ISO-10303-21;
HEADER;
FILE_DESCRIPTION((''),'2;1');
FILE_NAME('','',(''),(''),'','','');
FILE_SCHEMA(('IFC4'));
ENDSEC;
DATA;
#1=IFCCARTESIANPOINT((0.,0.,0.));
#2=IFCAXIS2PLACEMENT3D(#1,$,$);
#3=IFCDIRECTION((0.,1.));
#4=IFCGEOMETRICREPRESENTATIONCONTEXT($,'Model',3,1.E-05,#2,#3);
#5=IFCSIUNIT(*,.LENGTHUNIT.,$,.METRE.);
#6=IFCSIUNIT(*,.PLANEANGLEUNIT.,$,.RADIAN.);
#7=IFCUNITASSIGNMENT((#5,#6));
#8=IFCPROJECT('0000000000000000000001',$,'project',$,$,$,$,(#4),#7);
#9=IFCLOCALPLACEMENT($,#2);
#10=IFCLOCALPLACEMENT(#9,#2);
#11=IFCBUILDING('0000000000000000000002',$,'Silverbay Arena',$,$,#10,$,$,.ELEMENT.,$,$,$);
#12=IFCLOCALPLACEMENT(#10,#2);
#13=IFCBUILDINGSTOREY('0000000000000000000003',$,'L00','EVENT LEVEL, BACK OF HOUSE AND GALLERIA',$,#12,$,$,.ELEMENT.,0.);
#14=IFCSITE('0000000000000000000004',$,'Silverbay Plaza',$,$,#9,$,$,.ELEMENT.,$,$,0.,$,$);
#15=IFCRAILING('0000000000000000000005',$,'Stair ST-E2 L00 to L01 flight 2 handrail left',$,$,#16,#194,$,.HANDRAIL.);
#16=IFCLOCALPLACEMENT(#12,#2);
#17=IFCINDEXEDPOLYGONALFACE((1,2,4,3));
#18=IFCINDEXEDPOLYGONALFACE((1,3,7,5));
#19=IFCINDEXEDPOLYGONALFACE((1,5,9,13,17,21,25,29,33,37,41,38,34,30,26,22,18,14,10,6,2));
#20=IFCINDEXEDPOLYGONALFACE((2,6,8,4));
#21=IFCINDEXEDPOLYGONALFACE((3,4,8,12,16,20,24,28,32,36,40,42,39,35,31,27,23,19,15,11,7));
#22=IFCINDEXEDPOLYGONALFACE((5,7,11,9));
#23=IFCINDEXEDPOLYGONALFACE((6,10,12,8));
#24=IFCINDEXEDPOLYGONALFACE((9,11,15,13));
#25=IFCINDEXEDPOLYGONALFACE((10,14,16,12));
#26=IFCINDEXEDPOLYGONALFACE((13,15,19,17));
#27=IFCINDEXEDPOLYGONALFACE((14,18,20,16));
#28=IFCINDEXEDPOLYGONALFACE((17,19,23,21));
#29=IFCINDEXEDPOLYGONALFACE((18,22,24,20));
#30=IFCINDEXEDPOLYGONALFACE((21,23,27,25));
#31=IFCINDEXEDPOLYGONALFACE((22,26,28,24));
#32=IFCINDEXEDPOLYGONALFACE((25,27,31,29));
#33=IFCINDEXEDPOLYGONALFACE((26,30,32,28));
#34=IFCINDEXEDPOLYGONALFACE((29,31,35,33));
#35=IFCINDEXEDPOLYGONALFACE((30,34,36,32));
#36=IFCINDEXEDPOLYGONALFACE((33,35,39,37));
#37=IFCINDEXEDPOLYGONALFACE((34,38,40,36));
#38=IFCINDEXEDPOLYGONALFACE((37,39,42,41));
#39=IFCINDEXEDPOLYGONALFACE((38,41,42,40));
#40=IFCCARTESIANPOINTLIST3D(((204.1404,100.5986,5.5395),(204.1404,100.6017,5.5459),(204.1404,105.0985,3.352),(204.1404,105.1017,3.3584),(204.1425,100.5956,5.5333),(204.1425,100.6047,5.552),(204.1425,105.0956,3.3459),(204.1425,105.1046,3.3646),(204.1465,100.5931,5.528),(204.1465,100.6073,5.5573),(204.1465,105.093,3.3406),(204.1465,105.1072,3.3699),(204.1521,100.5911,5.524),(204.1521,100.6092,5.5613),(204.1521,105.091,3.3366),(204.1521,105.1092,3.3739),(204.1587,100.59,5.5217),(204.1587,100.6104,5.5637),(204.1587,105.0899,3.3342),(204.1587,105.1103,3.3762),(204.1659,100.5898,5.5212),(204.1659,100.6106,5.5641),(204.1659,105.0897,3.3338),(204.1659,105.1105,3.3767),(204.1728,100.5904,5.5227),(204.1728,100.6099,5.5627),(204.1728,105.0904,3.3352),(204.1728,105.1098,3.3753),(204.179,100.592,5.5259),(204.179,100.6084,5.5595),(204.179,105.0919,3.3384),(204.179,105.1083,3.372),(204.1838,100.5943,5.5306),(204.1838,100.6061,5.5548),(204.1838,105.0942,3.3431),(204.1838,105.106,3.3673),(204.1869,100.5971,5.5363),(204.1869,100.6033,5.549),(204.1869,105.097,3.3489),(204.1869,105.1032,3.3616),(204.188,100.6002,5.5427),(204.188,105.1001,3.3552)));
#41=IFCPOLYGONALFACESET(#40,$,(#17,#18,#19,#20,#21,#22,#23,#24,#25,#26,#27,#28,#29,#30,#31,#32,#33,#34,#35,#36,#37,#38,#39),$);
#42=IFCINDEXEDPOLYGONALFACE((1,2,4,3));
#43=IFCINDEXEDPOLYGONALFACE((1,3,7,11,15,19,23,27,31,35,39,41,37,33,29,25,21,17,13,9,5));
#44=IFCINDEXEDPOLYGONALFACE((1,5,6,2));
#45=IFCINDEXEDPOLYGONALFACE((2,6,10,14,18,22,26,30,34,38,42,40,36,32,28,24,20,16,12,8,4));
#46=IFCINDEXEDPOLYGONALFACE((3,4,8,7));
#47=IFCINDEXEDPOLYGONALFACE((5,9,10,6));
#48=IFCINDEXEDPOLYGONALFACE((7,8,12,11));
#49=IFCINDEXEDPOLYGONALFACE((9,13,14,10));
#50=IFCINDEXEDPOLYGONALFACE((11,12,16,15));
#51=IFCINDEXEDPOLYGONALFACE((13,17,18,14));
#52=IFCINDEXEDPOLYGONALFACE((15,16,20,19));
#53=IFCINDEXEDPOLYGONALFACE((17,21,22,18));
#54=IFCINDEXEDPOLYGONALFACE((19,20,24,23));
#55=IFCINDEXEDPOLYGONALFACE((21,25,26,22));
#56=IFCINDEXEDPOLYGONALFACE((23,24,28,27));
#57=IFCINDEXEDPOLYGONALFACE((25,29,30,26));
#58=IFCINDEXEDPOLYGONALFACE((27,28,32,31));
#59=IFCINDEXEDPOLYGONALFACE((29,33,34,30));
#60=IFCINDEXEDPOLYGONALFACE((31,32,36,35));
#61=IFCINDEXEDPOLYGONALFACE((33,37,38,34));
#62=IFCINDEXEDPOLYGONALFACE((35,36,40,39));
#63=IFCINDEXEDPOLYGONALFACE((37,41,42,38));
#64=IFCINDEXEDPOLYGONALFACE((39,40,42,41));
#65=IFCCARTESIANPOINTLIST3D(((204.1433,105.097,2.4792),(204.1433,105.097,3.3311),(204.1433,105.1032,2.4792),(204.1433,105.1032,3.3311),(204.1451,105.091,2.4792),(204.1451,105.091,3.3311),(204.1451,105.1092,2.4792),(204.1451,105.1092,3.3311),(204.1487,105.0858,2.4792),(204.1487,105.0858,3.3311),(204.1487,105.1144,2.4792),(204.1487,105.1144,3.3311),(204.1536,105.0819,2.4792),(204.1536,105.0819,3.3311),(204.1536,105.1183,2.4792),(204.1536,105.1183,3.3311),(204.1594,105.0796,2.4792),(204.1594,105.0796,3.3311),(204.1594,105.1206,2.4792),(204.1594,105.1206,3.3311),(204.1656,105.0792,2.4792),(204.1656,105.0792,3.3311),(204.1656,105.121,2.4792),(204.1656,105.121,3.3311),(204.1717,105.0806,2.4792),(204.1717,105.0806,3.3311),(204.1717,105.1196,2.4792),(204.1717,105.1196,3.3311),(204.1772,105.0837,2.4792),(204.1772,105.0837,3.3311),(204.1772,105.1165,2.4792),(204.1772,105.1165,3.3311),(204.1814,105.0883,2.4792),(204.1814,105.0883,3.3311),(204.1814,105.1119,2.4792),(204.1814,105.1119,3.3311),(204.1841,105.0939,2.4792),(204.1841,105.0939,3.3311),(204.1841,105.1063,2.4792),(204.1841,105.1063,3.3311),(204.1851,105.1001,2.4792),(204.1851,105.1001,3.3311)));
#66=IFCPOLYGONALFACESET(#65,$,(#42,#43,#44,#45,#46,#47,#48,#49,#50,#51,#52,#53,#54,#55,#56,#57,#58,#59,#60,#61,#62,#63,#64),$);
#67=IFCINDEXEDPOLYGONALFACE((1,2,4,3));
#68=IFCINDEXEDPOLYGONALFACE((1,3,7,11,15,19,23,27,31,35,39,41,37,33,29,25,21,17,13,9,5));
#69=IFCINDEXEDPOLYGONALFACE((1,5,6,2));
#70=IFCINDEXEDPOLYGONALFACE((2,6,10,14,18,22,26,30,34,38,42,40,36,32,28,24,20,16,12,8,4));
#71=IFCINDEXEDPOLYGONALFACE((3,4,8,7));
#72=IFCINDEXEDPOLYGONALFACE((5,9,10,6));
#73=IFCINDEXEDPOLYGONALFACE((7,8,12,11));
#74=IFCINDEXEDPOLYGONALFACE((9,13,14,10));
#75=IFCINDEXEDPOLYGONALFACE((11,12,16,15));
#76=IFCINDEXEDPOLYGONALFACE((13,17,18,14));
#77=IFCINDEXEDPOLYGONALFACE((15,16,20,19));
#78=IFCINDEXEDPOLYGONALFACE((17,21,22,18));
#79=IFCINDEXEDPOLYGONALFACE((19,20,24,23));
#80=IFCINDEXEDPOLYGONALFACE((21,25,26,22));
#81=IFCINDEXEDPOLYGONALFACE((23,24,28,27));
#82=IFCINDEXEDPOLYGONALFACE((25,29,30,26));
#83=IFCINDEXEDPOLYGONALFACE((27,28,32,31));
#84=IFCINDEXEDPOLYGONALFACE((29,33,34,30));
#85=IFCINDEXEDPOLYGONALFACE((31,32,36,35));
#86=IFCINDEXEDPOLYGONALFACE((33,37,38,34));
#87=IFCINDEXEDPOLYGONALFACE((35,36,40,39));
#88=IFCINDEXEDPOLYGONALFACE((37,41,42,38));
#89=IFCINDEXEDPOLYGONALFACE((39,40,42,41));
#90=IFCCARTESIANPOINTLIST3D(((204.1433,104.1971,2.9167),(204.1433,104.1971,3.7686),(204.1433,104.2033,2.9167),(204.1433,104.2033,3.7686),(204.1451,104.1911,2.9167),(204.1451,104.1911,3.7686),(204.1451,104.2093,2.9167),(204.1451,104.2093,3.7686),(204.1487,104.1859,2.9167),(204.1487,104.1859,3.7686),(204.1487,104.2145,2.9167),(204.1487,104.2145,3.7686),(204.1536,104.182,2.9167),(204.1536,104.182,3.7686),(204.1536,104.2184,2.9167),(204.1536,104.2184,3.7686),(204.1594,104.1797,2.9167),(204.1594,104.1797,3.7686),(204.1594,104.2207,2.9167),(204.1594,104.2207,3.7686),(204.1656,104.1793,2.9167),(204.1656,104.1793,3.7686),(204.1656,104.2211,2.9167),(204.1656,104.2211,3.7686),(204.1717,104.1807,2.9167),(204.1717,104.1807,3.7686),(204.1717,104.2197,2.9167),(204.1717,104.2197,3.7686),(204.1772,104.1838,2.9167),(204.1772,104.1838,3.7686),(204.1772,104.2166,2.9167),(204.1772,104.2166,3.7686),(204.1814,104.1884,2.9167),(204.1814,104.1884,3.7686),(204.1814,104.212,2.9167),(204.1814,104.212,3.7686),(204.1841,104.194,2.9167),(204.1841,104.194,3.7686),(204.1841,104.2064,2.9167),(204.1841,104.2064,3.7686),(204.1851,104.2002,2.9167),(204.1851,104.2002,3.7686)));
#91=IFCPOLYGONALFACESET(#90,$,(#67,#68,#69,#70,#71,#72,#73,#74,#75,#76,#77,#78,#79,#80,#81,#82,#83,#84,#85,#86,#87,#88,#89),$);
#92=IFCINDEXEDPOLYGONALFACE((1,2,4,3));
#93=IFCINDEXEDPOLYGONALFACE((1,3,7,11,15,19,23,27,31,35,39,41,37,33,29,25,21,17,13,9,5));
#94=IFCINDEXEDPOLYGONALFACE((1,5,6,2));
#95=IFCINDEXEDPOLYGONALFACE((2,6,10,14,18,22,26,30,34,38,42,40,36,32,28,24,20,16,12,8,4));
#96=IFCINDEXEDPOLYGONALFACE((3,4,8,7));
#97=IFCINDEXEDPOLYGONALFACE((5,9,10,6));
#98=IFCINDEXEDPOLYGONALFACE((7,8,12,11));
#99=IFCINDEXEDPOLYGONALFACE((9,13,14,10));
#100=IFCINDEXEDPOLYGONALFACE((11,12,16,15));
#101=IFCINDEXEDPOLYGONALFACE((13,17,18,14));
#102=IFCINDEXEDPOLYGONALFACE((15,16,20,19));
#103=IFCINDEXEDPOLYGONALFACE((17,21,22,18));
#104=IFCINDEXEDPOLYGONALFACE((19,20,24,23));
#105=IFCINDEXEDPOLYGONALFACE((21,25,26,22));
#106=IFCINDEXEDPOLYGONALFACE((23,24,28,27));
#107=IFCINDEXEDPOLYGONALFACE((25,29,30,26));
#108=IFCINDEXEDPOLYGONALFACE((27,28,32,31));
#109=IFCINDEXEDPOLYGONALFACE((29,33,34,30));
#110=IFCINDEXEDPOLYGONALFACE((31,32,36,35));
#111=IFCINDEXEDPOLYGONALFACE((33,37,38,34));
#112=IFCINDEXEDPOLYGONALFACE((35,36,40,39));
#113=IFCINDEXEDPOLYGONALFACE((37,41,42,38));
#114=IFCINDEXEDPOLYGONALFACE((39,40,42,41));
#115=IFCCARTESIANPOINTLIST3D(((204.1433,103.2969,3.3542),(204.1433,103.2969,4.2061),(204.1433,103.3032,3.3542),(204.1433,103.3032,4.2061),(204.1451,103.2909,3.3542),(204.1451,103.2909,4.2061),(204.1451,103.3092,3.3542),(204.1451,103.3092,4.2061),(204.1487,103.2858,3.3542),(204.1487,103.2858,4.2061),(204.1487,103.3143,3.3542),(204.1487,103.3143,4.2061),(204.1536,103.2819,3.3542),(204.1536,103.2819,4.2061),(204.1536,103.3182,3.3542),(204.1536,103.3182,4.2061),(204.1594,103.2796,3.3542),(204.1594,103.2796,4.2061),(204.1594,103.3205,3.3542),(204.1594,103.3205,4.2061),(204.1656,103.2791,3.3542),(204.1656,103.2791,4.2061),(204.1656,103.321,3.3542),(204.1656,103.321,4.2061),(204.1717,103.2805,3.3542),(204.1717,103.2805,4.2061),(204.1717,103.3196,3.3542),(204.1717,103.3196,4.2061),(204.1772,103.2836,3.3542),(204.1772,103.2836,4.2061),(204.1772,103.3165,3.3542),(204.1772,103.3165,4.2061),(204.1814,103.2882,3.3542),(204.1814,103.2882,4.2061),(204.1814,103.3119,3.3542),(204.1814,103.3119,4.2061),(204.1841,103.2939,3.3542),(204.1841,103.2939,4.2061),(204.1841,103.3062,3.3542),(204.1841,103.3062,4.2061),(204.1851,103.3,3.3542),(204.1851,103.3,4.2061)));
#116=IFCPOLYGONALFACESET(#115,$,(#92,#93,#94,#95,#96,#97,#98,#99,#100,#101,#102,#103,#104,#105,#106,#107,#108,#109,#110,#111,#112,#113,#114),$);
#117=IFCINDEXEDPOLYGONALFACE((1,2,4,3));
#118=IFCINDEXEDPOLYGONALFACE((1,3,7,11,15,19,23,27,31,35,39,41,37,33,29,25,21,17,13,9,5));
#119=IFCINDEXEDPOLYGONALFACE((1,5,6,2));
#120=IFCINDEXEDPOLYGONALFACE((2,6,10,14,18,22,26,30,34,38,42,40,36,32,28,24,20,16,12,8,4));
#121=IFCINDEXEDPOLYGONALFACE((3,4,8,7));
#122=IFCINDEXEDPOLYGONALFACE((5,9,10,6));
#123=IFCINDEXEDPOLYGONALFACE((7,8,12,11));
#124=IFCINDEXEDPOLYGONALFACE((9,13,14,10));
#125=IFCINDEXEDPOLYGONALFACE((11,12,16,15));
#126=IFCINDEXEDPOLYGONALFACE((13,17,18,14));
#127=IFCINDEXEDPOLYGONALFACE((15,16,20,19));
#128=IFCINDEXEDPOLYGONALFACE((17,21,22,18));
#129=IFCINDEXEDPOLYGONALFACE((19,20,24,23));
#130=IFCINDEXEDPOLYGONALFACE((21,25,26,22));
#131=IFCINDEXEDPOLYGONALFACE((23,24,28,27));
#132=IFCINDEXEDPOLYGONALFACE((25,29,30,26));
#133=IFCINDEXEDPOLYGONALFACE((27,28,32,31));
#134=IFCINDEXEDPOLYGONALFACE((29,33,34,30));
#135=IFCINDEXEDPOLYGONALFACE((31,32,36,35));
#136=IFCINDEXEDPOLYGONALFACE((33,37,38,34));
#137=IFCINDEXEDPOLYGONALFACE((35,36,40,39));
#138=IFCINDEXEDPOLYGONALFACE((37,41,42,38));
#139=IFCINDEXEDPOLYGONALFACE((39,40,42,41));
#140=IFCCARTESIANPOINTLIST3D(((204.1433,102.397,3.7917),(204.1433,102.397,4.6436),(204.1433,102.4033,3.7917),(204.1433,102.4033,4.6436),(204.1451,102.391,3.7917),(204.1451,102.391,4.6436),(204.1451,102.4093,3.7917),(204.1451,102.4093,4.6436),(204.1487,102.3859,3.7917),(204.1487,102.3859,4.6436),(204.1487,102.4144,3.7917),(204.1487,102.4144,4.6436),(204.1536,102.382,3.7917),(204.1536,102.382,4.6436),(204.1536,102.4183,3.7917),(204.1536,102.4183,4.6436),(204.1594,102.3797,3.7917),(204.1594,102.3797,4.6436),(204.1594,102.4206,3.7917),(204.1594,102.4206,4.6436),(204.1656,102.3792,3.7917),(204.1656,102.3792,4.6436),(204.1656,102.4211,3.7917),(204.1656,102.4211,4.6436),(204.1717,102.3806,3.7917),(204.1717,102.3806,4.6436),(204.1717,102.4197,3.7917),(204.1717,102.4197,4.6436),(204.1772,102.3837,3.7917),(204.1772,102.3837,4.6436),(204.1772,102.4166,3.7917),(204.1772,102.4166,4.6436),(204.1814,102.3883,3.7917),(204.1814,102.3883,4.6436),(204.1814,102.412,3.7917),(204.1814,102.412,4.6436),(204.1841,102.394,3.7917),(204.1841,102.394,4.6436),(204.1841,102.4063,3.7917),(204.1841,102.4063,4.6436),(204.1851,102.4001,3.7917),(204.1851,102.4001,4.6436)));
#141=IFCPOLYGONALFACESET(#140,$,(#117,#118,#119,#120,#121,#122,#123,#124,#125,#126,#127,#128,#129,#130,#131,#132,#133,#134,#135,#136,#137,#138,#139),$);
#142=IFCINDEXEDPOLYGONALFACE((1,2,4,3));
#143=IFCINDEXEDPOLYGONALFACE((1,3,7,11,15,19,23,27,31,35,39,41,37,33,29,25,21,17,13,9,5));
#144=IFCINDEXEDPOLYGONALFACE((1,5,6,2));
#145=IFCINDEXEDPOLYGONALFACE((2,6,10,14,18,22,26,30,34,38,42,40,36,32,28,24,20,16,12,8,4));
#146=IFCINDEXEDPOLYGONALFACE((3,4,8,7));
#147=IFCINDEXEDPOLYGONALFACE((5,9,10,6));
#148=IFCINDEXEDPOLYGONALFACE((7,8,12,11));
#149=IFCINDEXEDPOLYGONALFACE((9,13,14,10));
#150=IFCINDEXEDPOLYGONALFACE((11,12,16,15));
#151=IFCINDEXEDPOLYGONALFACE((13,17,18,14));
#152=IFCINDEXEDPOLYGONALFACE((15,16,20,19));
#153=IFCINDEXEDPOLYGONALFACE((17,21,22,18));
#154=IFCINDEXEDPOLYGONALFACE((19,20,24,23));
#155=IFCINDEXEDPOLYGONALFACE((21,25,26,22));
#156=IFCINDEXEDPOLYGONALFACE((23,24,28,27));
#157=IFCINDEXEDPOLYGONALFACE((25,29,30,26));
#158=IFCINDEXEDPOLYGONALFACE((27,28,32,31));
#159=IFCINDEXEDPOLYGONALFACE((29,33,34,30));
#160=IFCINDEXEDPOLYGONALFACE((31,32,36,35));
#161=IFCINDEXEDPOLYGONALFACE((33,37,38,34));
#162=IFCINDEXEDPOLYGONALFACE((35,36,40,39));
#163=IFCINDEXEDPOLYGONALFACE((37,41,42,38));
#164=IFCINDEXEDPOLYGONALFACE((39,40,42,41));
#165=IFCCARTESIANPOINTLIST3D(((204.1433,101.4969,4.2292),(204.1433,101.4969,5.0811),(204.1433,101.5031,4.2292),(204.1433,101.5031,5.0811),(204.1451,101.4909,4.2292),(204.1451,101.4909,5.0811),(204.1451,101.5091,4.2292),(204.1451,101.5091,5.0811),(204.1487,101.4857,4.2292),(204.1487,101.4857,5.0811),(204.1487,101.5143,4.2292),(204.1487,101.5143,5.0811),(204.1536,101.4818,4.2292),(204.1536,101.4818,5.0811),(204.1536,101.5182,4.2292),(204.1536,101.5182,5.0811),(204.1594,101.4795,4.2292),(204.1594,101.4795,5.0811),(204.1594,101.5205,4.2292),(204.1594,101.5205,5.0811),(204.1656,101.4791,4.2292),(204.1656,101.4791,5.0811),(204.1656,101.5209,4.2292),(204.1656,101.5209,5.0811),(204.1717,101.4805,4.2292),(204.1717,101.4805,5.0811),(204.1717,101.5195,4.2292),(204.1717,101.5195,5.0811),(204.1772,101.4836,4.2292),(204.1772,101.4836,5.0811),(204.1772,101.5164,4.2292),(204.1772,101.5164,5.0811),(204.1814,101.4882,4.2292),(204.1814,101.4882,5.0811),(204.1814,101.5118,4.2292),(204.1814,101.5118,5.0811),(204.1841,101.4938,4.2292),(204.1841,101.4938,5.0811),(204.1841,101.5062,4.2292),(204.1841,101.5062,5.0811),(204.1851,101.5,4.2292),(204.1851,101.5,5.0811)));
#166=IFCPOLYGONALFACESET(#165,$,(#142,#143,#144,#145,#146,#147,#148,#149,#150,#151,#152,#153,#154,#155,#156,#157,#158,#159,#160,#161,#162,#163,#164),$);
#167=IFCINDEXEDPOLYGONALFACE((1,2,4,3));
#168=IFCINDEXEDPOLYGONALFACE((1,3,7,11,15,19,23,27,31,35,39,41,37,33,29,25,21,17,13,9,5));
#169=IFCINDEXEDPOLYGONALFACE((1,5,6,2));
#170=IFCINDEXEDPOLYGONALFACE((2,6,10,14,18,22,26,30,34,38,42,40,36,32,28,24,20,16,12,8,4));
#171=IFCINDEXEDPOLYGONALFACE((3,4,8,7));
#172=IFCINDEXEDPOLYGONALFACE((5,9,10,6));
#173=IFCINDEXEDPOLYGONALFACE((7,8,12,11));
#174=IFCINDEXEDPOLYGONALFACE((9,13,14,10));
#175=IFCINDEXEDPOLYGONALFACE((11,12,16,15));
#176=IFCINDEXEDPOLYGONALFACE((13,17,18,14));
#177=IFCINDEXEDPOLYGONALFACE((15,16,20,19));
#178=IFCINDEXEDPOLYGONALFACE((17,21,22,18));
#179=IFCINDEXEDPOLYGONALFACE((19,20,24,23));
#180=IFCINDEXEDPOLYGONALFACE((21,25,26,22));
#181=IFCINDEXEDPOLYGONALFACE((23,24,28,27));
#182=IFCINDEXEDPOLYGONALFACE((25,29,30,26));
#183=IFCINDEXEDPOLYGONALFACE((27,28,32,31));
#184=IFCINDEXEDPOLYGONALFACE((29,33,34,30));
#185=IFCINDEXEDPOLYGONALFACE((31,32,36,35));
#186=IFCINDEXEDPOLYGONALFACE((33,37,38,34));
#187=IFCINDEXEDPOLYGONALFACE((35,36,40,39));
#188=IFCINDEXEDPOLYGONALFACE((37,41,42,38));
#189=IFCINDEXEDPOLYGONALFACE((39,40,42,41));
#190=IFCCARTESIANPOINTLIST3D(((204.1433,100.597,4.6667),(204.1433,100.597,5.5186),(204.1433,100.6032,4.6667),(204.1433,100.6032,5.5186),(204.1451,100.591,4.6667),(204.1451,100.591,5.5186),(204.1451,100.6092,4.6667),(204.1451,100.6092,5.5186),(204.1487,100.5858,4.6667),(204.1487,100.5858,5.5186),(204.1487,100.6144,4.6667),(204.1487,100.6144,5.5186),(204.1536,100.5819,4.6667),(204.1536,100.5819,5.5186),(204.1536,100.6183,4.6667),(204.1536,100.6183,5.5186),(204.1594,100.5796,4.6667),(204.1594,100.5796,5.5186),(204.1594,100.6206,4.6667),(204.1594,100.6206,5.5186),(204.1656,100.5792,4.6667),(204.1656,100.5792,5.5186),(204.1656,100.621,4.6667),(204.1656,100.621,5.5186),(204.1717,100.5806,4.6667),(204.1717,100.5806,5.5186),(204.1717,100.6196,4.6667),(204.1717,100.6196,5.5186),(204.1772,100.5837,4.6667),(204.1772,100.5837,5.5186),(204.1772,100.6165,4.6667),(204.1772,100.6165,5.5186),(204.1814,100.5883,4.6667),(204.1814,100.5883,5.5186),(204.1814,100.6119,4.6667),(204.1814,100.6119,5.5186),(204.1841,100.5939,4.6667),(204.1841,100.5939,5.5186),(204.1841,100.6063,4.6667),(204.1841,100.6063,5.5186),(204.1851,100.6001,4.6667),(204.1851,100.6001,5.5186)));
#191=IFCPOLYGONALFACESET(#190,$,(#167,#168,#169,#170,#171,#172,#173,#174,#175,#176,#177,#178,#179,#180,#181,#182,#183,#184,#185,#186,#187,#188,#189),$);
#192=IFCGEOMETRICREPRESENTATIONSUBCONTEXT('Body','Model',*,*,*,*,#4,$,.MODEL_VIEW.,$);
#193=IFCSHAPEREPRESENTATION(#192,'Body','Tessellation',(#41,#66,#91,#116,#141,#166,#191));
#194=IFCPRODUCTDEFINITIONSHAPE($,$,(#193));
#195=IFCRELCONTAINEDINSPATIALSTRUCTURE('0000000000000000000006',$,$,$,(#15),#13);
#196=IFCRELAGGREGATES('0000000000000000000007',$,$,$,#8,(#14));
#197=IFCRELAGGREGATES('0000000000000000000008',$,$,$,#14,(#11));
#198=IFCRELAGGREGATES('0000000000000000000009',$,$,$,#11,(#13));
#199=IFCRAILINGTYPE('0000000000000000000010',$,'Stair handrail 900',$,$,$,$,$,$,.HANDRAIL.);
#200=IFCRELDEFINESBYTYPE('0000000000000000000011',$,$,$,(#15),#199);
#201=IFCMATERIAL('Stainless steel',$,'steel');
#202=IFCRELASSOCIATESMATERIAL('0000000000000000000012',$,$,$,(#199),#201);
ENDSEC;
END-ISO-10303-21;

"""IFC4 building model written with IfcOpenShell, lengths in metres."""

from ifc_helpers import new_model, si_unit, direction, frame, origin, origin_2d, place, context, subcontext, project, spatial, circle, extrude, material, type_object, element, save


model = new_model("IFC4")

# Units and contexts
model_context = context("Model", 3, precision=1e-05, world=origin(), true_north=direction((0.0, 1.0)))
body_context = subcontext(model_context, "Body", "Model", "MODEL_VIEW")
ifc_project = project(units=[si_unit("LENGTHUNIT", "METRE"), si_unit("PLANEANGLEUNIT", "RADIAN")], contexts=[model_context])

# Site, building, storey
site_placement = place(None, origin())
site = spatial("IfcSite", under=ifc_project, at=site_placement, Name="Silverbay Plaza", CompositionType="ELEMENT", RefElevation=0.0)
building_placement = place(site_placement, origin())
building = spatial("IfcBuilding", under=site, at=building_placement, Name="Silverbay Arena", CompositionType="ELEMENT")
storey_placement = place(building_placement, origin())
storey = spatial("IfcBuildingStorey", under=building, at=storey_placement, Name="L00", Description="EVENT LEVEL, BACK OF HOUSE AND GALLERIA", CompositionType="ELEMENT", Elevation=0.0)

# Railing
ifc_material_1 = material(Name="Stainless steel", Category="steel")
railing_type_1 = type_object("IfcRailingType", Name="Stair handrail 900", PredefinedType="HANDRAIL", material=ifc_material_1)
for number, where, name in (
    (1, (204.1641, 105.1001, 2.4792), "Stair ST-E2 L00 to L01 flight 2 handrail left"),
):
    element("IfcRailing", number, at=place(storey_placement, frame(where)), inside=storey, type_object=railing_type_1, Name=name, PredefinedType="HANDRAIL", context=body_context, shape_type="SweptSolid", body=[
        extrude(circle(Radius=0.0239, at=origin_2d()), frame((0.0, 0.0, 0.876), z_axis=(0.0, -0.899368, 0.437193), x_axis=(1.0, 0.0, 0.0)), (0.0, 0.0, 1.0), 5.0034),
        extrude(circle(Radius=0.021, at=origin_2d()), origin(), (0.0, 0.0, 1.0), 0.8518),
        extrude(circle(Radius=0.021, at=origin_2d()), frame((0.0, -0.8999, 0.4375)), (0.0, 0.0, 1.0), 0.8518),
        extrude(circle(Radius=0.021, at=origin_2d()), frame((0.0, -1.8, 0.875)), (0.0, 0.0, 1.0), 0.8518),
        extrude(circle(Radius=0.021, at=origin_2d()), frame((0.0, -2.7, 1.3125)), (0.0, 0.0, 1.0), 0.8518),
        extrude(circle(Radius=0.021, at=origin_2d()), frame((0.0, -3.6001, 1.75)), (0.0, 0.0, 1.0), 0.8518),
        extrude(circle(Radius=0.021, at=origin_2d()), frame((0.0, -4.5, 2.1875)), (0.0, 0.0, 1.0), 0.8518),
    ])

save(model, "model.ifc")
